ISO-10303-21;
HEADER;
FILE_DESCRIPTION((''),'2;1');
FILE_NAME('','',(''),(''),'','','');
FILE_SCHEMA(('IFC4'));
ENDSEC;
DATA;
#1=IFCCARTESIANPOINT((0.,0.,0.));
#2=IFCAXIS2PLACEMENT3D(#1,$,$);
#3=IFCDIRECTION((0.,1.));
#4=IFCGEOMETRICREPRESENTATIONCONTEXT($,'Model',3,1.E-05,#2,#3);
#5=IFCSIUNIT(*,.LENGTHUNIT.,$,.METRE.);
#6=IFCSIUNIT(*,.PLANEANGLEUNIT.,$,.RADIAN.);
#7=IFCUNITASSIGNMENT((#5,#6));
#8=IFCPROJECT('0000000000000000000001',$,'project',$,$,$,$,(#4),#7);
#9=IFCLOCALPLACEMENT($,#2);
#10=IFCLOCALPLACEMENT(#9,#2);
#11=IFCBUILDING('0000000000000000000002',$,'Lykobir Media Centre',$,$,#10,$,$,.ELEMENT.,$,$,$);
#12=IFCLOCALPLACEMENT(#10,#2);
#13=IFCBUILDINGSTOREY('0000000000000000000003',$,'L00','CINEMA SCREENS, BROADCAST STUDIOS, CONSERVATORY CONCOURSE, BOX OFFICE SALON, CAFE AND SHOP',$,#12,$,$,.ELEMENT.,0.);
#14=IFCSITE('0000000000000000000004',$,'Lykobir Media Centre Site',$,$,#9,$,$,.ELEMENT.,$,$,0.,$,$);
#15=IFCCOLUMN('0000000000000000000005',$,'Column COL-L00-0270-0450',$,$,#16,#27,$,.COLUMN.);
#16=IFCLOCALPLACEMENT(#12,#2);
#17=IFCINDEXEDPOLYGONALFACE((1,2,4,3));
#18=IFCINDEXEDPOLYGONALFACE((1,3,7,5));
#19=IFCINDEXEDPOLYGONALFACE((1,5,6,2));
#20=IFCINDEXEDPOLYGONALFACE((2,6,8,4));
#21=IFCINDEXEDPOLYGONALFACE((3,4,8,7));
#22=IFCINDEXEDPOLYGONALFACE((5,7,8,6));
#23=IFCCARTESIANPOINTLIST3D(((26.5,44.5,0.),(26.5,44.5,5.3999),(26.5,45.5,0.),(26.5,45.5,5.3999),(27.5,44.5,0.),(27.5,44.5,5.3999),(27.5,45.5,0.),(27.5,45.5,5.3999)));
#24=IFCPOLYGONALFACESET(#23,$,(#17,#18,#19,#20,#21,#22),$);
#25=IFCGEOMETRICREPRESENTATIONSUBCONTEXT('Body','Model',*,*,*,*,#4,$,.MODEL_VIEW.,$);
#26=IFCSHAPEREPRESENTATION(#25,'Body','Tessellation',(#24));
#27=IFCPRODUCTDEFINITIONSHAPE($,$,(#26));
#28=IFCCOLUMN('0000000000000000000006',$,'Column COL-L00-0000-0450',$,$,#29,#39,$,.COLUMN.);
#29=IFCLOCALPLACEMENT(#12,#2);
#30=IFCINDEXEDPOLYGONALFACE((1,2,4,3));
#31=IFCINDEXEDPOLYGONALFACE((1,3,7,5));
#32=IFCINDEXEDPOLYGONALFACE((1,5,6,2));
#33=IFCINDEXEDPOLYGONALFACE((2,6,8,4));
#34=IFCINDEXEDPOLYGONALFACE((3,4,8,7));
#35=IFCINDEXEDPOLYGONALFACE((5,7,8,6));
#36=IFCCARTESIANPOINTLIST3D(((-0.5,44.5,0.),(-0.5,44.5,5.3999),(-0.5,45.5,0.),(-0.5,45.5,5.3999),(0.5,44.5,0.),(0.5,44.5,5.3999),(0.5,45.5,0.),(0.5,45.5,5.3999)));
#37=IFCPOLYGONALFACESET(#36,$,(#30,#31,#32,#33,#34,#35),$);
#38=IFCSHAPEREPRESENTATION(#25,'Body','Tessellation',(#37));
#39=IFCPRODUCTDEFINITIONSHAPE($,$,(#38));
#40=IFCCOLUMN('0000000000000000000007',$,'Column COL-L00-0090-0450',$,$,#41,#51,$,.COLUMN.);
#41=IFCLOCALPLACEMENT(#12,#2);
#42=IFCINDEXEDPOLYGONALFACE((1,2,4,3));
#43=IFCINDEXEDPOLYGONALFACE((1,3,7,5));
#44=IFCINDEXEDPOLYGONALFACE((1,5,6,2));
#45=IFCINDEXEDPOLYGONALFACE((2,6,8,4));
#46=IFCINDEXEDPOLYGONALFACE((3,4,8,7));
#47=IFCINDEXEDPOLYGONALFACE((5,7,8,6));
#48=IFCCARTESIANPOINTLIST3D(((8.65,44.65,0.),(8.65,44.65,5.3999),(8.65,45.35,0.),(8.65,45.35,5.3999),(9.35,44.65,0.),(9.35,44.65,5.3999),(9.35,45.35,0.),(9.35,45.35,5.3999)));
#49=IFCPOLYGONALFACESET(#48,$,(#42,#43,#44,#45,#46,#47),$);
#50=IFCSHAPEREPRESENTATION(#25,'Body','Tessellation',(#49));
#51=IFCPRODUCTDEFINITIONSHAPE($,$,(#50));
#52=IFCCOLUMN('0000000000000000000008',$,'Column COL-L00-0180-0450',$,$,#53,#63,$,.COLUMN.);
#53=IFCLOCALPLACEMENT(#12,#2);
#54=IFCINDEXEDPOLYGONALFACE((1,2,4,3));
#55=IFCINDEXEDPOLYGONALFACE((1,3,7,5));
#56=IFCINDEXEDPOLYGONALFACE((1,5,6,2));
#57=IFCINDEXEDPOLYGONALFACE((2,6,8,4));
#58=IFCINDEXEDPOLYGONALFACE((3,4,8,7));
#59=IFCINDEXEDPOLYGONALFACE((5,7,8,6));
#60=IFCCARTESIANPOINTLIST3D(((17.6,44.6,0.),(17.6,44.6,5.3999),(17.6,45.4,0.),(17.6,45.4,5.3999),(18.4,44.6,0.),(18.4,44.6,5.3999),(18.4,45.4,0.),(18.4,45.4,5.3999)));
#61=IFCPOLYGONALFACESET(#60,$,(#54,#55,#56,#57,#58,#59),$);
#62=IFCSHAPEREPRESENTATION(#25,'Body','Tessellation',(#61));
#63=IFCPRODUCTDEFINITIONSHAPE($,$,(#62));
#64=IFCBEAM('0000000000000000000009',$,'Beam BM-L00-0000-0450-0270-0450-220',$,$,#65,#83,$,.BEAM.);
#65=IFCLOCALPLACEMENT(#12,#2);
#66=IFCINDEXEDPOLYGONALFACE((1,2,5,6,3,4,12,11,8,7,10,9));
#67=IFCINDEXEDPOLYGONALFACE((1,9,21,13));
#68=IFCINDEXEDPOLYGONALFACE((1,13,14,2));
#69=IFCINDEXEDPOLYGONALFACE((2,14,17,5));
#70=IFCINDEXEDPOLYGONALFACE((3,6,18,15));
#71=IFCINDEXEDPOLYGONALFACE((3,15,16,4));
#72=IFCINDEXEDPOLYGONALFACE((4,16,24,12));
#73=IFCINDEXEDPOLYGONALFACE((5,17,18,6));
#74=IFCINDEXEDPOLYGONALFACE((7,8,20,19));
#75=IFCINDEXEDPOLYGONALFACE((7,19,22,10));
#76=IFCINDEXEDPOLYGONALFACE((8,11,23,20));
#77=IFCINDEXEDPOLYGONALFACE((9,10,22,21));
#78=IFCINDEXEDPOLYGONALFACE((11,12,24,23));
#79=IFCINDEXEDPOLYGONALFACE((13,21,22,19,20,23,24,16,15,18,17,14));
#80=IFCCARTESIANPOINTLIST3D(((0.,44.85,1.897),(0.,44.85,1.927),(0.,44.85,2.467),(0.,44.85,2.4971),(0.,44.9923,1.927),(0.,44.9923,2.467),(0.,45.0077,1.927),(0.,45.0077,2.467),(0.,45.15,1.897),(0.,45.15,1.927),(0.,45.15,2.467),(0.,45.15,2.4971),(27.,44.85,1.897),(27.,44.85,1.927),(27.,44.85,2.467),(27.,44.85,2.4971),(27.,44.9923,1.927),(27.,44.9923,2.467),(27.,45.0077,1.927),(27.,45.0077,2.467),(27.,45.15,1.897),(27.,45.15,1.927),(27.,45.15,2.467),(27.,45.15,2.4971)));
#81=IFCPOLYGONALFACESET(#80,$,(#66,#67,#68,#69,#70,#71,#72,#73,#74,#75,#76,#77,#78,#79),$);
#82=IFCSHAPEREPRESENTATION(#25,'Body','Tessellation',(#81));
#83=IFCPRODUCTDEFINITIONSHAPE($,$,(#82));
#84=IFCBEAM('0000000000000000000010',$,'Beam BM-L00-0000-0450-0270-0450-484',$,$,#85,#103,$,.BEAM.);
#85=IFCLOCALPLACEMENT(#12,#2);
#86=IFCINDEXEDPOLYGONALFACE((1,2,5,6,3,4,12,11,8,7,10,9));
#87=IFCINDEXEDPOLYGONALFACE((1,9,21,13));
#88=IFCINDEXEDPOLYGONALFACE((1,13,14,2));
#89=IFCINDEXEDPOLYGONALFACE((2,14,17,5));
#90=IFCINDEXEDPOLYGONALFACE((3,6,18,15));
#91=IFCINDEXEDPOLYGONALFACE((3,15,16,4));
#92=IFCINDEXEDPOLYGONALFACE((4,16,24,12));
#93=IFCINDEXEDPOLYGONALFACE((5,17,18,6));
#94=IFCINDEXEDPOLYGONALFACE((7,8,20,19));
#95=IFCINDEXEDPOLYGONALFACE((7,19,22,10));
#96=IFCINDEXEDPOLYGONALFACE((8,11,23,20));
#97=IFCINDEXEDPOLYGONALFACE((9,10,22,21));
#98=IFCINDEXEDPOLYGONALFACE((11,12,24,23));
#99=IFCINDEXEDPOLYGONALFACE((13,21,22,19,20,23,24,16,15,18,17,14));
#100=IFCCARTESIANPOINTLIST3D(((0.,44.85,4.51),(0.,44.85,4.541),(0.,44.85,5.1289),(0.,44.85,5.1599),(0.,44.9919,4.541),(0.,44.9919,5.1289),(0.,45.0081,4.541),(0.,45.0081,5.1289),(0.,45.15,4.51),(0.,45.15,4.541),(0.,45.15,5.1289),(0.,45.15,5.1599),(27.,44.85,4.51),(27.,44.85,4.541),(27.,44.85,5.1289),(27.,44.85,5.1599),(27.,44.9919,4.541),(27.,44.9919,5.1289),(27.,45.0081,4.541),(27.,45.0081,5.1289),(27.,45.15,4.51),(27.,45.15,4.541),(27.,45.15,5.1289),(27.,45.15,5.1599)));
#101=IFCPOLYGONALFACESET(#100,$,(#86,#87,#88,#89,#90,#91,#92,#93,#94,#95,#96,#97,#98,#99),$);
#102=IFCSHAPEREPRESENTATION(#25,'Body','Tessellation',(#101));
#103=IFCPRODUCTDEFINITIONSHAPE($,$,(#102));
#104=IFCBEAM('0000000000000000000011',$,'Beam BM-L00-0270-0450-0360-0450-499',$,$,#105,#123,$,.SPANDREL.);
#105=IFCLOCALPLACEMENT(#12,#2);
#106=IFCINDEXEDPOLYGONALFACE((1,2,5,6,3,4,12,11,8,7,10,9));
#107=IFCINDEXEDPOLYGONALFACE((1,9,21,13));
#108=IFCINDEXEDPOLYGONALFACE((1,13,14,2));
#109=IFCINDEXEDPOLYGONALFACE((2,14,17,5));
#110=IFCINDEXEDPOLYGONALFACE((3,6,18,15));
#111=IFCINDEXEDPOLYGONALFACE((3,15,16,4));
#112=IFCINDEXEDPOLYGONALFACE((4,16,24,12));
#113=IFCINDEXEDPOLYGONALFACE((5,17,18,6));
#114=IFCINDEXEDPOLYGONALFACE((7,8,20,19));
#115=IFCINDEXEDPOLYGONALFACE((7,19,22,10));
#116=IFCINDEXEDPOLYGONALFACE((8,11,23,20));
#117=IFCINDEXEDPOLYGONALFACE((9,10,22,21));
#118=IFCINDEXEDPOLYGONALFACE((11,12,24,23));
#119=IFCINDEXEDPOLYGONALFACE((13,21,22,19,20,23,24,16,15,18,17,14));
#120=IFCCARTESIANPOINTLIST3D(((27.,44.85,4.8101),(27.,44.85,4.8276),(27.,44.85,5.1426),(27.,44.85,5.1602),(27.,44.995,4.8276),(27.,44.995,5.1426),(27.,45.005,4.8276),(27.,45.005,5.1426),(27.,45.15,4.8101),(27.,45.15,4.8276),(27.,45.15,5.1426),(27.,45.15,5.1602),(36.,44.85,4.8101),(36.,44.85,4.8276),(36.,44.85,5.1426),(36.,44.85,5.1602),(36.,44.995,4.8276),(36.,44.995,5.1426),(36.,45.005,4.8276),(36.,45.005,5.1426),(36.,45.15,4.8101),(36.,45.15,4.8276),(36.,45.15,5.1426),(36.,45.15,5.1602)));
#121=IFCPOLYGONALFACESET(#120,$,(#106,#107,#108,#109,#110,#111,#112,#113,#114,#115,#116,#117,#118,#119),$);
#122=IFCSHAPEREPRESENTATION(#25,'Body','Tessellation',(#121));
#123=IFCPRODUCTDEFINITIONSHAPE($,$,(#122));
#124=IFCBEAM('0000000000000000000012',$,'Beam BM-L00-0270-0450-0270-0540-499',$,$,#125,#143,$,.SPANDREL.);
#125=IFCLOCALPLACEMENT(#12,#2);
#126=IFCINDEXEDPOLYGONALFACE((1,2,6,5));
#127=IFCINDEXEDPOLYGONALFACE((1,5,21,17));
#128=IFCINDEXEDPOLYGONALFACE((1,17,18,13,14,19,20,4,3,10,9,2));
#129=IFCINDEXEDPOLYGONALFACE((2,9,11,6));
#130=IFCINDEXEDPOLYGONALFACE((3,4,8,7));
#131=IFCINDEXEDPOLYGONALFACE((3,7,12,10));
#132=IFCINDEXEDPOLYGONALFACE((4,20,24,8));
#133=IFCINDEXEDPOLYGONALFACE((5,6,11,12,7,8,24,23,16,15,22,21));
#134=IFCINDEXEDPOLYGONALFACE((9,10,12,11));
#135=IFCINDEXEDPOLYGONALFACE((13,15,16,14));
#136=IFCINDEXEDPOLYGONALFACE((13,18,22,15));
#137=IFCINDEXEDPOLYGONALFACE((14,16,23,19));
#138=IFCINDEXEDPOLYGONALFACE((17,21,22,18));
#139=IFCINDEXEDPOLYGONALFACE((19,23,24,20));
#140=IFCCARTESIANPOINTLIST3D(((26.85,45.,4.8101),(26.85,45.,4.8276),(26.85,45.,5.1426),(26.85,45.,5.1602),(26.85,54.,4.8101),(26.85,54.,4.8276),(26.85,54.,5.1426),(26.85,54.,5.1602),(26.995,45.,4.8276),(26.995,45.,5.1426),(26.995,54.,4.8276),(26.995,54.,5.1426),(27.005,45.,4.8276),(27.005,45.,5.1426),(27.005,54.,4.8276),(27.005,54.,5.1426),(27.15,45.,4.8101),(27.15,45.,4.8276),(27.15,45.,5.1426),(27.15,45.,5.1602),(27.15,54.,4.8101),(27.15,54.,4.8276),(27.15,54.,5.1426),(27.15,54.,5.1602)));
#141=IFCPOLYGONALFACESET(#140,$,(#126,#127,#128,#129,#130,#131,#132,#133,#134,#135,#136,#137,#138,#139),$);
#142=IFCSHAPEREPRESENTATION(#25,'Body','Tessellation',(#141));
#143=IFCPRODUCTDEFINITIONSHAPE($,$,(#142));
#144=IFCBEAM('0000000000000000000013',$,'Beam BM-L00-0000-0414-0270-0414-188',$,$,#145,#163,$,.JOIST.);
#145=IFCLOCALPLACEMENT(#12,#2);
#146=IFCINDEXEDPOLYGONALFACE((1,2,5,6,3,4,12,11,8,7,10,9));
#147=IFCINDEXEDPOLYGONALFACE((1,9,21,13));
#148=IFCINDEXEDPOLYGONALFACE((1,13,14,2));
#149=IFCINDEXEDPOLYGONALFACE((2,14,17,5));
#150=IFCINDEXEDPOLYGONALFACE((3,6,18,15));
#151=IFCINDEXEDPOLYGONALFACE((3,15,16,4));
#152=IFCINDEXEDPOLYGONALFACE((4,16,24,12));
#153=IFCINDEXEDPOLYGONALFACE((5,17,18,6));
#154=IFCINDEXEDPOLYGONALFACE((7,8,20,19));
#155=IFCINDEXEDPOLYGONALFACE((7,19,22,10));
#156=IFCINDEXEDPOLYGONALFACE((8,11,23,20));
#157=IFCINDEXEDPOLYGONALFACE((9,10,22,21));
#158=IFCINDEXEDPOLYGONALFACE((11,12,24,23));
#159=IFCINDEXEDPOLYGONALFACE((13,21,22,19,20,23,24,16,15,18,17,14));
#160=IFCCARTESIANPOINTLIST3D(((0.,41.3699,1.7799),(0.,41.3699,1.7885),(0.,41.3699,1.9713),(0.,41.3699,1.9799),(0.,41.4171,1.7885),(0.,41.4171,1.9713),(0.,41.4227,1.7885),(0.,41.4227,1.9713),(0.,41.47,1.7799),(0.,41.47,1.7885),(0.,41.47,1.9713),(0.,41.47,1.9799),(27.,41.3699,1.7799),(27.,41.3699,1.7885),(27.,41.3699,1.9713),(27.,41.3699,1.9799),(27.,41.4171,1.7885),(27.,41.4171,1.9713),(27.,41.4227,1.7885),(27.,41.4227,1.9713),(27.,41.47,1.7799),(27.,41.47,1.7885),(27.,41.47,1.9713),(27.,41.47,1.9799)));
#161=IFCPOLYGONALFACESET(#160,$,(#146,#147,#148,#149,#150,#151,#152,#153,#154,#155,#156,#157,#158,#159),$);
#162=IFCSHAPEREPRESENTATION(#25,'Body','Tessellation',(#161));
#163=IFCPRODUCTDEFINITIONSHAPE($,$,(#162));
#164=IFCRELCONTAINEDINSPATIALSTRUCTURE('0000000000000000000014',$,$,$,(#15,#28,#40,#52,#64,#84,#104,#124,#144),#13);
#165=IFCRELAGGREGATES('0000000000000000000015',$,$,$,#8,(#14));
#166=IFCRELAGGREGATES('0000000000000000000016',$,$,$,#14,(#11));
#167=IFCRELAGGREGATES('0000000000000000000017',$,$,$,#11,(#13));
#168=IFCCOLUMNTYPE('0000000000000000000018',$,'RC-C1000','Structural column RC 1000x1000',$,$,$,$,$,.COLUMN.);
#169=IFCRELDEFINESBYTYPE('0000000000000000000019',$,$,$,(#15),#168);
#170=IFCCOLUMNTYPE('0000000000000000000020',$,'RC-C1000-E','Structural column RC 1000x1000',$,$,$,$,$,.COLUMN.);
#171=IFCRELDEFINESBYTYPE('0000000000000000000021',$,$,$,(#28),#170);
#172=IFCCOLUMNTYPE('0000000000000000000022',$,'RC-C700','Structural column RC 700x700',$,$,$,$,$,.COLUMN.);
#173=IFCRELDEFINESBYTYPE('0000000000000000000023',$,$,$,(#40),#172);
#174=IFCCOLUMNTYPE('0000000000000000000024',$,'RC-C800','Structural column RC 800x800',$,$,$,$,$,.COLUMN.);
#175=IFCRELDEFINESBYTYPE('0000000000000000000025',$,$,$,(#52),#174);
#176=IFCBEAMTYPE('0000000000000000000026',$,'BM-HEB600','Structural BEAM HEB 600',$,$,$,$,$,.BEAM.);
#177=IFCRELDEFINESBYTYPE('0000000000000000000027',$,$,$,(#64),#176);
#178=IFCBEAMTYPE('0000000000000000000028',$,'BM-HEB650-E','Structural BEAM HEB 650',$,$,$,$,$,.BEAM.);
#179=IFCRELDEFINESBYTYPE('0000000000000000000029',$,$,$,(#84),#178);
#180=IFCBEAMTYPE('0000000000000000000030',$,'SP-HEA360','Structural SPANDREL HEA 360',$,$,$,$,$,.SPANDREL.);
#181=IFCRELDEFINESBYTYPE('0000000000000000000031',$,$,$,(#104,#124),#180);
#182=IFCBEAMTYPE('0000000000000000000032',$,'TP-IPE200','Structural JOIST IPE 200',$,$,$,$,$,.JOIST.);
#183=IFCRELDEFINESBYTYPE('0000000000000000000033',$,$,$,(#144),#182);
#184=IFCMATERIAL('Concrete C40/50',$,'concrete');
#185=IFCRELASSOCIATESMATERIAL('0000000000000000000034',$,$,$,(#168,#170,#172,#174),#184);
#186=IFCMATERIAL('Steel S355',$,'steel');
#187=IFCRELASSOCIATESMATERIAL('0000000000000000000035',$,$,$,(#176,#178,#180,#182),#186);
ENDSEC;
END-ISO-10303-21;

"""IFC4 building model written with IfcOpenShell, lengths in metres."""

from ifc_helpers import new_model, si_unit, direction, frame, origin, origin_2d, place, context, subcontext, project, spatial, rectangle, i_section, extrude, material, material_profile, profile_set, type_object, element, save


model = new_model("IFC4")

# Units and contexts
model_context = context("Model", 3, precision=1e-05, world=origin(), true_north=direction((0.0, 1.0)))
body_context = subcontext(model_context, "Body", "Model", "MODEL_VIEW")
ifc_project = project(units=[si_unit("LENGTHUNIT", "METRE"), si_unit("PLANEANGLEUNIT", "RADIAN")], contexts=[model_context])

# Site, building, storey
site_placement = place(None, origin())
site = spatial("IfcSite", under=ifc_project, at=site_placement, Name="Lykobir Media Centre Site", CompositionType="ELEMENT", RefElevation=0.0)
building_placement = place(site_placement, origin())
building = spatial("IfcBuilding", under=site, at=building_placement, Name="Lykobir Media Centre", CompositionType="ELEMENT")
storey_placement = place(building_placement, origin())
storey = spatial("IfcBuildingStorey", under=building, at=storey_placement, Name="L00", Description="CINEMA SCREENS, BROADCAST STUDIOS, CONSERVATORY CONCOURSE, BOX OFFICE SALON, CAFE AND SHOP", CompositionType="ELEMENT", Elevation=0.0)

# Columns
ifc_material_1 = material(Name="Concrete C40/50", Category="concrete")
ifc_material_profile_1 = material_profile(ifc_material_1, rectangle(XDim=1.0, YDim=1.0, at=origin_2d()), Name="RC 1000x1000")
ifc_profile_set_1 = profile_set([ifc_material_profile_1], Name="Concrete C40/50")
column_type_1 = type_object("IfcColumnType", Name="RC-C1000", Description="Structural column RC 1000x1000", PredefinedType="COLUMN", material=ifc_profile_set_1)
column_1_placement = place(storey_placement, frame((27.0, 45.0, 0.0), z_axis=(0.0, 0.0, 1.0), x_axis=(1.0, 0.0, 0.0)))
element("IfcColumn", 1, at=column_1_placement, inside=storey, type_object=column_type_1, Name="Column COL-L00-0270-0450", PredefinedType="COLUMN", context=body_context, shape_type="SweptSolid", body=[
    extrude(rectangle(XDim=1.0, YDim=1.0, at=origin_2d()), origin(), (0.0, 0.0, 1.0), 5.3999),
])
ifc_material_profile_2 = material_profile(ifc_material_1, rectangle(XDim=1.0, YDim=1.0, at=origin_2d()), Name="RC 1000x1000")
ifc_profile_set_2 = profile_set([ifc_material_profile_2], Name="Concrete C40/50")
column_type_2 = type_object("IfcColumnType", Name="RC-C1000-E", Description="Structural column RC 1000x1000", PredefinedType="COLUMN", material=ifc_profile_set_2)
column_2_placement = place(storey_placement, frame((0.0, 45.0, 0.0), z_axis=(0.0, 0.0, 1.0), x_axis=(1.0, 0.0, 0.0)))
element("IfcColumn", 2, at=column_2_placement, inside=storey, type_object=column_type_2, Name="Column COL-L00-0000-0450", PredefinedType="COLUMN", context=body_context, shape_type="SweptSolid", body=[
    extrude(rectangle(XDim=1.0, YDim=1.0, at=origin_2d()), origin(), (0.0, 0.0, 1.0), 5.3999),
])
ifc_material_profile_3 = material_profile(ifc_material_1, rectangle(XDim=0.7, YDim=0.7, at=origin_2d()), Name="RC 700x700")
ifc_profile_set_3 = profile_set([ifc_material_profile_3], Name="Concrete C40/50")
column_type_3 = type_object("IfcColumnType", Name="RC-C700", Description="Structural column RC 700x700", PredefinedType="COLUMN", material=ifc_profile_set_3)
column_3_placement = place(storey_placement, frame((9.0, 45.0, 0.0), z_axis=(0.0, 0.0, 1.0), x_axis=(1.0, 0.0, 0.0)))
element("IfcColumn", 3, at=column_3_placement, inside=storey, type_object=column_type_3, Name="Column COL-L00-0090-0450", PredefinedType="COLUMN", context=body_context, shape_type="SweptSolid", body=[
    extrude(rectangle(XDim=0.7, YDim=0.7, at=origin_2d()), origin(), (0.0, 0.0, 1.0), 5.3999),
])
ifc_material_profile_4 = material_profile(ifc_material_1, rectangle(XDim=0.8, YDim=0.8, at=origin_2d()), Name="RC 800x800")
ifc_profile_set_4 = profile_set([ifc_material_profile_4], Name="Concrete C40/50")
column_type_4 = type_object("IfcColumnType", Name="RC-C800", Description="Structural column RC 800x800", PredefinedType="COLUMN", material=ifc_profile_set_4)
column_4_placement = place(storey_placement, frame((18.0, 45.0, 0.0), z_axis=(0.0, 0.0, 1.0), x_axis=(1.0, 0.0, 0.0)))
element("IfcColumn", 4, at=column_4_placement, inside=storey, type_object=column_type_4, Name="Column COL-L00-0180-0450", PredefinedType="COLUMN", context=body_context, shape_type="SweptSolid", body=[
    extrude(rectangle(XDim=0.8, YDim=0.8, at=origin_2d()), origin(), (0.0, 0.0, 1.0), 5.3999),
])

# Beams
ifc_material_2 = material(Name="Steel S355", Category="steel")
ifc_material_profile_5 = material_profile(ifc_material_2, i_section(OverallWidth=0.3, OverallDepth=0.6001, WebThickness=0.0154, FlangeThickness=0.03, at=origin_2d()), Name="HEB 600")
ifc_profile_set_5 = profile_set([ifc_material_profile_5], Name="Steel S355")
beam_type_1 = type_object("IfcBeamType", Name="BM-HEB600", Description="Structural BEAM HEB 600", PredefinedType="BEAM", material=ifc_profile_set_5)
beam_1_placement = place(storey_placement, frame((0.0, 45.0, 2.197), z_axis=(1.0, 0.0, 0.0), x_axis=(0.0, 1.0, 0.0)))
element("IfcBeam", 5, at=beam_1_placement, inside=storey, type_object=beam_type_1, Name="Beam BM-L00-0000-0450-0270-0450-220", PredefinedType="BEAM", context=body_context, shape_type="SweptSolid", body=[
    extrude(i_section(OverallWidth=0.3, OverallDepth=0.6001, WebThickness=0.0154, FlangeThickness=0.03, at=origin_2d()), origin(), (0.0, 0.0, 1.0), 27.0),
])
ifc_material_profile_6 = material_profile(ifc_material_2, i_section(OverallWidth=0.3, OverallDepth=0.6499, WebThickness=0.0161, FlangeThickness=0.031, at=origin_2d()), Name="HEB 650")
ifc_profile_set_6 = profile_set([ifc_material_profile_6], Name="Steel S355")
beam_type_2 = type_object("IfcBeamType", Name="BM-HEB650-E", Description="Structural BEAM HEB 650", PredefinedType="BEAM", material=ifc_profile_set_6)
beam_2_placement = place(storey_placement, frame((0.0, 45.0, 4.835), z_axis=(1.0, 0.0, 0.0), x_axis=(0.0, 1.0, 0.0)))
element("IfcBeam", 6, at=beam_2_placement, inside=storey, type_object=beam_type_2, Name="Beam BM-L00-0000-0450-0270-0450-484", PredefinedType="BEAM", context=body_context, shape_type="SweptSolid", body=[
    extrude(i_section(OverallWidth=0.3, OverallDepth=0.6499, WebThickness=0.0161, FlangeThickness=0.031, at=origin_2d()), origin(), (0.0, 0.0, 1.0), 27.0),
])
ifc_material_profile_7 = material_profile(ifc_material_2, i_section(OverallWidth=0.3, OverallDepth=0.3501, WebThickness=0.01, FlangeThickness=0.0176, at=origin_2d()), Name="HEA 360")
ifc_profile_set_7 = profile_set([ifc_material_profile_7], Name="Steel S355")
beam_type_3 = type_object("IfcBeamType", Name="SP-HEA360", Description="Structural SPANDREL HEA 360", PredefinedType="SPANDREL", material=ifc_profile_set_7)
for number, where, z_axis, x_axis, name in (
    (7, (27.0, 45.0, 4.9851), (1.0, 0.0, 0.0), (0.0, 1.0, 0.0), "Beam BM-L00-0270-0450-0360-0450-499"),
    (8, (27.0, 45.0, 4.9851), (0.0, 1.0, 0.0), (-1.0, 0.0, 0.0), "Beam BM-L00-0270-0450-0270-0540-499"),
):
    element("IfcBeam", number, at=place(storey_placement, frame(where, z_axis=z_axis, x_axis=x_axis)), inside=storey, type_object=beam_type_3, Name=name, PredefinedType="SPANDREL", context=body_context, shape_type="SweptSolid", body=[
        extrude(i_section(OverallWidth=0.3, OverallDepth=0.3501, WebThickness=0.01, FlangeThickness=0.0176, at=origin_2d()), origin(), (0.0, 0.0, 1.0), 9.0),
    ])
ifc_material_profile_8 = material_profile(ifc_material_2, i_section(OverallWidth=0.1001, OverallDepth=0.2, WebThickness=0.0056, FlangeThickness=0.0085, at=origin_2d()), Name="IPE 200")
ifc_profile_set_8 = profile_set([ifc_material_profile_8], Name="Steel S355")
beam_type_4 = type_object("IfcBeamType", Name="TP-IPE200", Description="Structural JOIST IPE 200", PredefinedType="JOIST", material=ifc_profile_set_8)
for number, where, z_axis, x_axis, name in (
    (9, (0.0, 41.4199, 1.8799), (1.0, 0.0, 0.0), (0.0, 1.0, 0.0), "Beam BM-L00-0000-0414-0270-0414-188"),
):
    element("IfcBeam", number, at=place(storey_placement, frame(where, z_axis=z_axis, x_axis=x_axis)), inside=storey, type_object=beam_type_4, Name=name, PredefinedType="JOIST", context=body_context, shape_type="SweptSolid", body=[
        extrude(i_section(OverallWidth=0.1001, OverallDepth=0.2, WebThickness=0.0056, FlangeThickness=0.0085, at=origin_2d()), origin(), (0.0, 0.0, 1.0), 27.0),
    ])

save(model, "model.ifc")
